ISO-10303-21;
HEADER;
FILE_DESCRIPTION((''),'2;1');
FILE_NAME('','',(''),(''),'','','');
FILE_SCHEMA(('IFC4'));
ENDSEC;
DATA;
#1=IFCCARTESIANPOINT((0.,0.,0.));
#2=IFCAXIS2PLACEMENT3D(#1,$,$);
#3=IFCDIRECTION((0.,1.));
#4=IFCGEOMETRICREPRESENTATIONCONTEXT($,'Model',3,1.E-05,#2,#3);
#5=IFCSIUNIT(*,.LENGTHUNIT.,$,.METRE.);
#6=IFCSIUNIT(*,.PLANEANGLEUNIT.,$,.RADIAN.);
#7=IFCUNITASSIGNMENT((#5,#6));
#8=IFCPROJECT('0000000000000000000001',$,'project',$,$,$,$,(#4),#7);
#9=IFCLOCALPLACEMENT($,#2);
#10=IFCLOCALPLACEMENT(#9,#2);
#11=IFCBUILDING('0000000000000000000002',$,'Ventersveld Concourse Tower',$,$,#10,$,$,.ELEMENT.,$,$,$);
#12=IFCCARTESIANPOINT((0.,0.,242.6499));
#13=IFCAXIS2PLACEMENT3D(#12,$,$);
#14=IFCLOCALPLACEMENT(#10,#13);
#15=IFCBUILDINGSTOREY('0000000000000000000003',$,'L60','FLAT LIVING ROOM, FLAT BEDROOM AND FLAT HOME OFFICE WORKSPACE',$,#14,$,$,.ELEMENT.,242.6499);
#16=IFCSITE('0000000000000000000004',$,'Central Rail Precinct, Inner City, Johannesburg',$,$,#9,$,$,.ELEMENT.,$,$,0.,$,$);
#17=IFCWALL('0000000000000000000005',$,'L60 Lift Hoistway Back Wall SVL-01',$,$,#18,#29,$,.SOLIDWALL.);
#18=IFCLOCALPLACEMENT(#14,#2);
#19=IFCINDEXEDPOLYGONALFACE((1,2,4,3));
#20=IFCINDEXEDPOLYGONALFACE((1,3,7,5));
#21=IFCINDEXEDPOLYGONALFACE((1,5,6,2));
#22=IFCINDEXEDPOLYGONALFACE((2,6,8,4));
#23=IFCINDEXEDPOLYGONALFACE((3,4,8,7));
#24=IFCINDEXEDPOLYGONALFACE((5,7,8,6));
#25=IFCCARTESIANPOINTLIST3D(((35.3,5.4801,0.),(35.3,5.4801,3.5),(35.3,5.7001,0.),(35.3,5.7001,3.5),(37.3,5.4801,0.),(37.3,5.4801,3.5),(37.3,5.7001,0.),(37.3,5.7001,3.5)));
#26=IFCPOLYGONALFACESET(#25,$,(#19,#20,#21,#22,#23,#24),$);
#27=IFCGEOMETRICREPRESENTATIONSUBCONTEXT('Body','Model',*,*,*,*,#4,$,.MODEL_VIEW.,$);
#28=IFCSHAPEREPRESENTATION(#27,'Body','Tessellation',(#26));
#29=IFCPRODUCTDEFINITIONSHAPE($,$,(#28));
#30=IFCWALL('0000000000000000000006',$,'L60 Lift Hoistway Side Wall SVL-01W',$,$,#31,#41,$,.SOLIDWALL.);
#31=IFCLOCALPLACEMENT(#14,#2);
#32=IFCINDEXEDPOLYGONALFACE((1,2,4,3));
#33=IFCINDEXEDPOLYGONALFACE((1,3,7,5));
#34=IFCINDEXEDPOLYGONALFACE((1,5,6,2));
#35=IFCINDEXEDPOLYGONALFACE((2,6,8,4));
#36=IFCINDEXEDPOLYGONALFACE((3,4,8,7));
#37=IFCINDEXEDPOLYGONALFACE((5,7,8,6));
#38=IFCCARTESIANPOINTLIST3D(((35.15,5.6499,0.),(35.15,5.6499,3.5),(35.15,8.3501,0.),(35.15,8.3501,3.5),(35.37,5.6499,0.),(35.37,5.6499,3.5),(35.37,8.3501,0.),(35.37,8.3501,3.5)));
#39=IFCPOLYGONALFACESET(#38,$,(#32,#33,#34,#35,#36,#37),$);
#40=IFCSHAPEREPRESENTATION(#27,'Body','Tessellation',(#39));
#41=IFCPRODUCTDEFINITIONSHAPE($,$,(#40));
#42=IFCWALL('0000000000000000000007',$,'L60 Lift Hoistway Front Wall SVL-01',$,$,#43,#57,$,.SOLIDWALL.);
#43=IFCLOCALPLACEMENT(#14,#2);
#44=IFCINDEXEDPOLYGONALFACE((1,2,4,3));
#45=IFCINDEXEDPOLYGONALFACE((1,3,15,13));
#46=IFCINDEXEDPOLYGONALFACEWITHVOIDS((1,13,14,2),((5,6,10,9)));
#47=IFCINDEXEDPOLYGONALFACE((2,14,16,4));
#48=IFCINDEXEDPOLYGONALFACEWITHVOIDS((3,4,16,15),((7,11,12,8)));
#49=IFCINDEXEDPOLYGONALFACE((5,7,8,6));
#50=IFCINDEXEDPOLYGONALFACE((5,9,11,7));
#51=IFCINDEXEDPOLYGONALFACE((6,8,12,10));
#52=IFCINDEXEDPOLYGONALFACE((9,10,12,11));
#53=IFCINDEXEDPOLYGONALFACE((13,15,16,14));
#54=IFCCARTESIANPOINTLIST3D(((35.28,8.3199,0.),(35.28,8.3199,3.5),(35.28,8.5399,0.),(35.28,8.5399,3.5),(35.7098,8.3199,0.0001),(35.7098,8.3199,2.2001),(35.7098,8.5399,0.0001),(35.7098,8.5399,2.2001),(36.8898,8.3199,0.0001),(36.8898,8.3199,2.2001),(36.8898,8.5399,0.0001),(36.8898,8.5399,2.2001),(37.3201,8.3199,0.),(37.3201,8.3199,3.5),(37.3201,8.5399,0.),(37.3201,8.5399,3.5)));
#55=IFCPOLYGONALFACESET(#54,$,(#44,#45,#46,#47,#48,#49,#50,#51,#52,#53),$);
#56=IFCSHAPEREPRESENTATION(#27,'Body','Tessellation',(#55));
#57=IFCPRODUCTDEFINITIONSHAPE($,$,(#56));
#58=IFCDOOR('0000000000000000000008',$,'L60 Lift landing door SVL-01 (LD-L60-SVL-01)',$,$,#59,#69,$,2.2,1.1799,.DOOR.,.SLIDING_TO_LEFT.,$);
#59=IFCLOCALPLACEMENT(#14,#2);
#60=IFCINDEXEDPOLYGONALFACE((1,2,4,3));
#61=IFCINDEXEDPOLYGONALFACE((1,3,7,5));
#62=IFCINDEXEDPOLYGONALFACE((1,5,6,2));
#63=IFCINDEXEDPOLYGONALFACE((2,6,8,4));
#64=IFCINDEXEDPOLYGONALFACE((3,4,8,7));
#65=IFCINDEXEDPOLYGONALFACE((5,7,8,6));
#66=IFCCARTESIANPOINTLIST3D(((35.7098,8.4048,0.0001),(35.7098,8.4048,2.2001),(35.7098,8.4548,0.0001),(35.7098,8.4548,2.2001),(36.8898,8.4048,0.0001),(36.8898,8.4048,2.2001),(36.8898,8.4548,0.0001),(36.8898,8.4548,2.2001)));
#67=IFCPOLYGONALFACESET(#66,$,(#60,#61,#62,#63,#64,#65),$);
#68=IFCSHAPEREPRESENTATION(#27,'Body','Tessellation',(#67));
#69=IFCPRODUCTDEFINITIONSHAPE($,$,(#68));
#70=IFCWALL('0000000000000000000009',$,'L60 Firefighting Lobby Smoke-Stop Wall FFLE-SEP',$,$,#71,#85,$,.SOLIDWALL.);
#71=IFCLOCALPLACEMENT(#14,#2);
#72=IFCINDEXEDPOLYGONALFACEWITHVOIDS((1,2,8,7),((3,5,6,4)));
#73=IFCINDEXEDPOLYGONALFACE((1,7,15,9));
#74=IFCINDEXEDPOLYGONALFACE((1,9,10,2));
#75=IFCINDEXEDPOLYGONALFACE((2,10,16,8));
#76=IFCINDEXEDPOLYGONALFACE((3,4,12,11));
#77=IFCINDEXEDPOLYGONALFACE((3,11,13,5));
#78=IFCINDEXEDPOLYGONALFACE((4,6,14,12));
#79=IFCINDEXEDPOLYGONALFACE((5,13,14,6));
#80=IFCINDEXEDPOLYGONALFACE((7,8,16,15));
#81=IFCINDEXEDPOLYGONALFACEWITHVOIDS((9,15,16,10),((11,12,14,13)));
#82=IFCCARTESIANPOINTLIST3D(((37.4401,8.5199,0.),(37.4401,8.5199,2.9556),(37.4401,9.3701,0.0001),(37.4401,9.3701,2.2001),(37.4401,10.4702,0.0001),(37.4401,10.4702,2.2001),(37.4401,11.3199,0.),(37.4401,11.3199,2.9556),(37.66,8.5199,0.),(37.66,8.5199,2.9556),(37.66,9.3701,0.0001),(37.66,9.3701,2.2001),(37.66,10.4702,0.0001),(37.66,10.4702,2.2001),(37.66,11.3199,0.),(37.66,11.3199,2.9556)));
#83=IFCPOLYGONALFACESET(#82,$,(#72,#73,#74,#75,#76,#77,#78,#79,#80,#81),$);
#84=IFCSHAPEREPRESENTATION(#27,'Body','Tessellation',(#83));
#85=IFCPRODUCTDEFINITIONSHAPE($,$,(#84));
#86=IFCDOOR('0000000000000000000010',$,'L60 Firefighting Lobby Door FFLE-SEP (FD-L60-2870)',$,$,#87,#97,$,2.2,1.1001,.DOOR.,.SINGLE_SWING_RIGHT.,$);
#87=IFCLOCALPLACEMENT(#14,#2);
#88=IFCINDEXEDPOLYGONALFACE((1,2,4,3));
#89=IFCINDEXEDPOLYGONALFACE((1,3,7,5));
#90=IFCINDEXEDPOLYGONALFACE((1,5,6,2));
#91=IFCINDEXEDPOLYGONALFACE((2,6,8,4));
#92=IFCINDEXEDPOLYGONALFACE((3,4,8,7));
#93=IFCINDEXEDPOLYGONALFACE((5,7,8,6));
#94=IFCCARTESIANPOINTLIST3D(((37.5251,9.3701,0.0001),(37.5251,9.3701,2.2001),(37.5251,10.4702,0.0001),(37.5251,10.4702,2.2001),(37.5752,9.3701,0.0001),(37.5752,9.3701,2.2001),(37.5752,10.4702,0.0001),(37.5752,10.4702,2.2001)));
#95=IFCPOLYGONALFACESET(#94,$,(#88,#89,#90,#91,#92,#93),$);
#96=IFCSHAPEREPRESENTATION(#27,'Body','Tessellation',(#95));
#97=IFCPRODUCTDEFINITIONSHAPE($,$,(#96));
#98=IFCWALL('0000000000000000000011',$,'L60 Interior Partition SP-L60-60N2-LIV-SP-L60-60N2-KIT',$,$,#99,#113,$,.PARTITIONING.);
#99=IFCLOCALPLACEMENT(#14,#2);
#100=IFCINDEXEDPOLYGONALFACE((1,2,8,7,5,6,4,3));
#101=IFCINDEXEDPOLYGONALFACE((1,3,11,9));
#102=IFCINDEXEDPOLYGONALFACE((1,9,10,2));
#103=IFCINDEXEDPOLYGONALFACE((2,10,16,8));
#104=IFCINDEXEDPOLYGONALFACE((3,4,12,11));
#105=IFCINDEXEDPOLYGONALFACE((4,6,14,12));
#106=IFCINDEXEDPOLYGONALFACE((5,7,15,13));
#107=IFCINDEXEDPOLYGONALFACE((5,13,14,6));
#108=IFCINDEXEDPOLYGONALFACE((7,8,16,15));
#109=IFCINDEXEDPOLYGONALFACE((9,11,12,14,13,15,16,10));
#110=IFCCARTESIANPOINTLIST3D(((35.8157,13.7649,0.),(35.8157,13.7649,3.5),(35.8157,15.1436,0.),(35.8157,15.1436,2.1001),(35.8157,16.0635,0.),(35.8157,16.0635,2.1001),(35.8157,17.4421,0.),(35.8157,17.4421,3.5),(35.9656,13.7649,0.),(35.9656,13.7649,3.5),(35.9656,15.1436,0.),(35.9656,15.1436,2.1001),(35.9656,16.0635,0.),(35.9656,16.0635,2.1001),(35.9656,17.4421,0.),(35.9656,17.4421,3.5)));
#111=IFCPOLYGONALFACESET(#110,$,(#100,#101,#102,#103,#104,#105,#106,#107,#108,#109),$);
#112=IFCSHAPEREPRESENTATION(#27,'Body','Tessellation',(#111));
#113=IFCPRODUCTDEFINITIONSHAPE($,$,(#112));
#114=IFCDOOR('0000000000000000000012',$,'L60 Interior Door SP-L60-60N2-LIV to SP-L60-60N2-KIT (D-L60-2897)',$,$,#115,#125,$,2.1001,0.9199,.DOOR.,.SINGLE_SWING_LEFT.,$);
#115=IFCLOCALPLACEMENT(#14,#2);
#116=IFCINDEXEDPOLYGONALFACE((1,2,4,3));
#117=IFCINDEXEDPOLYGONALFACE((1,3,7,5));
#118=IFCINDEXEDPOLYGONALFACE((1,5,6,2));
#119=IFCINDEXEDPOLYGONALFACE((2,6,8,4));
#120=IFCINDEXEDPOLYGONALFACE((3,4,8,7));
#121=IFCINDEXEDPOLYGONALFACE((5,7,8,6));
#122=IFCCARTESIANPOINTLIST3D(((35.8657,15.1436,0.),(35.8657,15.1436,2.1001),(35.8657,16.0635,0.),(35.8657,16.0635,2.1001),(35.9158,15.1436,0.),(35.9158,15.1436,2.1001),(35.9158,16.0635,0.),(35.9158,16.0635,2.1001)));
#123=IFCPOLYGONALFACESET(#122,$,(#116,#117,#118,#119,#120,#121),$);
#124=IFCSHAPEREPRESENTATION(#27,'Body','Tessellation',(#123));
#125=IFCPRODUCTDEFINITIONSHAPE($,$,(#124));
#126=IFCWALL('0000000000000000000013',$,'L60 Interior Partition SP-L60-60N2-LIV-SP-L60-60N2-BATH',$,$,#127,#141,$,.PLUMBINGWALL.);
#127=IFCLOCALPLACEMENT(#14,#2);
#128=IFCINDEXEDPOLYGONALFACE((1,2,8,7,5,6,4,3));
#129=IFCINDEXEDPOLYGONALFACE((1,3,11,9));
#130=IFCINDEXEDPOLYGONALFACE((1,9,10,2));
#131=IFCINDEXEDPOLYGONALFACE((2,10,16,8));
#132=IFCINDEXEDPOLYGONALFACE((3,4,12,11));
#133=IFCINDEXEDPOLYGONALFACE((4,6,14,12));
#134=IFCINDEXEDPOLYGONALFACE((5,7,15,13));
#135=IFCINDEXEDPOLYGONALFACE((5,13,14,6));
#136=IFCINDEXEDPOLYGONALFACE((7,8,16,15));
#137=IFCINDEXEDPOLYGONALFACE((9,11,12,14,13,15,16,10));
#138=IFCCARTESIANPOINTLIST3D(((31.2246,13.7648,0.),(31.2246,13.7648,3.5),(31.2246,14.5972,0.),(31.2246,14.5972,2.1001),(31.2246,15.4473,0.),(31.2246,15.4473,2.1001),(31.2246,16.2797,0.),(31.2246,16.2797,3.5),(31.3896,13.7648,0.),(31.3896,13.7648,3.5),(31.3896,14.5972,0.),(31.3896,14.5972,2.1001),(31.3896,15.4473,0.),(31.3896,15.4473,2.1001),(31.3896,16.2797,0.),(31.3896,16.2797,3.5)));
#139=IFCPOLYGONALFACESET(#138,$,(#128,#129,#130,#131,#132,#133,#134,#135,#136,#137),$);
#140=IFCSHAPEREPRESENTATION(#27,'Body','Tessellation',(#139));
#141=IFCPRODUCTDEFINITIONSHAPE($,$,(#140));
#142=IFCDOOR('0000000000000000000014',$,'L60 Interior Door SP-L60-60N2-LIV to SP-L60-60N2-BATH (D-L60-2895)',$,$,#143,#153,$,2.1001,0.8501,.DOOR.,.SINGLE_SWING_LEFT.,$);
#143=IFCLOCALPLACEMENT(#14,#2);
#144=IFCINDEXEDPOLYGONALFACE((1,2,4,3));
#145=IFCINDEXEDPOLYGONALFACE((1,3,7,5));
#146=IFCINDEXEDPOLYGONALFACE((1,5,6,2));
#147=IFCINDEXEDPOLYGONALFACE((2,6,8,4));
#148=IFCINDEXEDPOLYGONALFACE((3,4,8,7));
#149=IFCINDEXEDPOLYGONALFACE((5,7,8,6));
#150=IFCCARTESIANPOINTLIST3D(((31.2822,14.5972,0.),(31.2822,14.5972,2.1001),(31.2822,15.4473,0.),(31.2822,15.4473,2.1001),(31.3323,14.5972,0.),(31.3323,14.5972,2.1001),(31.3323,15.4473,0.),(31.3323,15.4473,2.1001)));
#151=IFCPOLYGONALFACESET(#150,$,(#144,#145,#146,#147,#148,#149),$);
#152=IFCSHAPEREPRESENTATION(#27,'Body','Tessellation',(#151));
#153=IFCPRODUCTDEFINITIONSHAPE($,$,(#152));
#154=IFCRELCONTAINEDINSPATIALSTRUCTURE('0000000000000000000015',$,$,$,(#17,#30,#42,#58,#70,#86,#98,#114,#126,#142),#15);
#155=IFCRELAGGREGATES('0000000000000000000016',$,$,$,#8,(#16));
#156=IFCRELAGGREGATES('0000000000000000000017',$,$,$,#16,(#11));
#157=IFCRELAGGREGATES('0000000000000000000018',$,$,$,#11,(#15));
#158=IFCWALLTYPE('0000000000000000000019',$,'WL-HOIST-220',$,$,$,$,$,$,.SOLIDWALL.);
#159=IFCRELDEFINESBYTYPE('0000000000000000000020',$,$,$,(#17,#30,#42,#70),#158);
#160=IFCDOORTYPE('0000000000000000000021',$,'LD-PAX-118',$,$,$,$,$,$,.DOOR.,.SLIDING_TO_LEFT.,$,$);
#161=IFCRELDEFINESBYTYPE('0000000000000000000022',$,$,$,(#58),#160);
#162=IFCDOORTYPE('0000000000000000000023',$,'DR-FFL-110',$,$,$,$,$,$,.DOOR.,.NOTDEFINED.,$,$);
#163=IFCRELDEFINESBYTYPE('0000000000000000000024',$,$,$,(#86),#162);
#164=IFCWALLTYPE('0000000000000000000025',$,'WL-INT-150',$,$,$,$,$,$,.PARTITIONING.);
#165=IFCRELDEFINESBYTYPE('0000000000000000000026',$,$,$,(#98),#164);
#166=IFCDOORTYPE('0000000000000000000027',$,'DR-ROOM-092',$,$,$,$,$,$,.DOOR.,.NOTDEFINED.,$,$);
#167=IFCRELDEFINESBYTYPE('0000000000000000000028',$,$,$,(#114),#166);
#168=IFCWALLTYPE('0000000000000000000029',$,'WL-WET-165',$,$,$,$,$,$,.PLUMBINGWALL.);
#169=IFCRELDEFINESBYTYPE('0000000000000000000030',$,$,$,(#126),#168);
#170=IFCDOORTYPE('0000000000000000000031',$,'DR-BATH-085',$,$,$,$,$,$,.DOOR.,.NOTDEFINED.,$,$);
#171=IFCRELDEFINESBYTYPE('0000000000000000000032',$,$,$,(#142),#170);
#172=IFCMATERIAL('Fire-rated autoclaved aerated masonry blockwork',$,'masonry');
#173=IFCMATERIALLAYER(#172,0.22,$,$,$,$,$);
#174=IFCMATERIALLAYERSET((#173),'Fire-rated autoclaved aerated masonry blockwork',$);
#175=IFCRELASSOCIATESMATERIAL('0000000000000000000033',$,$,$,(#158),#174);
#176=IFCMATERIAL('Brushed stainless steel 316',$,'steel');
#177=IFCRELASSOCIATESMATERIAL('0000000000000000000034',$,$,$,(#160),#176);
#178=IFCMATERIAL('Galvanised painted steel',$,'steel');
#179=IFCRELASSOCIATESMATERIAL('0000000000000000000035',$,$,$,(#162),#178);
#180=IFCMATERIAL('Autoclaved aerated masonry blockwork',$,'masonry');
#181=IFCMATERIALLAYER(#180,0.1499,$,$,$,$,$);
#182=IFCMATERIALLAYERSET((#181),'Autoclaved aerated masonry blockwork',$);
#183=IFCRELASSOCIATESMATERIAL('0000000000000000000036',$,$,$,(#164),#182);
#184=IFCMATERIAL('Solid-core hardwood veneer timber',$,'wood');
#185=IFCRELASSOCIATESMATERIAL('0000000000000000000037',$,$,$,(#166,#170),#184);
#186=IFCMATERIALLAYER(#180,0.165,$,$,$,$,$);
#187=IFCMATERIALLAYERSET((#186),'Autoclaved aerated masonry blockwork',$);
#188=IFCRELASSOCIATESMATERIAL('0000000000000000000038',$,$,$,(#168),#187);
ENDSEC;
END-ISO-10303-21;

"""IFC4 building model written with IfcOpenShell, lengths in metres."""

from ifc_helpers import new_model, si_unit, direction, frame, frame_2d, origin, place, context, subcontext, project, spatial, rectangle, extrude, material, layer, layer_set, type_object, element, fill, save


model = new_model("IFC4")

# Units and contexts
model_context = context("Model", 3, precision=1e-05, world=origin(), true_north=direction((0.0, 1.0)))
body_context = subcontext(model_context, "Body", "Model", "MODEL_VIEW")
ifc_project = project(units=[si_unit("LENGTHUNIT", "METRE"), si_unit("PLANEANGLEUNIT", "RADIAN")], contexts=[model_context])

# Site, building, storey
site_placement = place(None, origin())
site = spatial("IfcSite", under=ifc_project, at=site_placement, Name="Central Rail Precinct, Inner City, Johannesburg", CompositionType="ELEMENT", RefElevation=0.0)
building_placement = place(site_placement, origin())
building = spatial("IfcBuilding", under=site, at=building_placement, Name="Ventersveld Concourse Tower", CompositionType="ELEMENT")
storey_placement = place(building_placement, frame((0.0, 0.0, 242.6499)))
storey = spatial("IfcBuildingStorey", under=building, at=storey_placement, Name="L60", Description="FLAT LIVING ROOM, FLAT BEDROOM AND FLAT HOME OFFICE WORKSPACE", CompositionType="ELEMENT", Elevation=242.6499)

# Shared definitions
ifc_material_1 = material(Name="Fire-rated autoclaved aerated masonry blockwork", Category="masonry")
ifc_layer_1 = layer(ifc_material_1, 0.22)
ifc_layer_set_1 = layer_set([ifc_layer_1], Name="Fire-rated autoclaved aerated masonry blockwork")
wall_type_1 = type_object("IfcWallType", Name="WL-HOIST-220", PredefinedType="SOLIDWALL", material=ifc_layer_set_1)

# Shared definitions
ifc_material_2 = material(Name="Brushed stainless steel 316", Category="steel")

# Walls
wall_1_placement = place(storey_placement, frame((35.3, 5.5901, 0.0), z_axis=(0.0, 0.0, 1.0), x_axis=(1.0, 0.0, 0.0)))
element("IfcWall", 1, at=wall_1_placement, inside=storey, type_object=wall_type_1, Name="L60 Lift Hoistway Back Wall SVL-01", PredefinedType="SOLIDWALL", context=body_context, shape_type="SweptSolid", body=[
    extrude(rectangle(XDim=2.0, YDim=0.22, at=frame_2d((1.0, 0.0))), origin(), (0.0, 0.0, 1.0), 3.5),
])
wall_2_placement = place(storey_placement, frame((35.26, 5.6499, 0.0), z_axis=(0.0, 0.0, 1.0), x_axis=(0.0, 1.0, 0.0)))
element("IfcWall", 2, at=wall_2_placement, inside=storey, type_object=wall_type_1, Name="L60 Lift Hoistway Side Wall SVL-01W", PredefinedType="SOLIDWALL", context=body_context, shape_type="SweptSolid", body=[
    extrude(rectangle(XDim=2.7002, YDim=0.22, at=frame_2d((1.3501, 0.0))), origin(), (0.0, 0.0, 1.0), 3.5),
])

# Walls, openings, doors
wall_3_placement = place(storey_placement, frame((35.28, 8.4299, 0.0), z_axis=(0.0, 0.0, 1.0), x_axis=(1.0, 0.0, 0.0)))
wall_3 = element("IfcWall", 3, at=wall_3_placement, inside=storey, type_object=wall_type_1, Name="L60 Lift Hoistway Front Wall SVL-01", PredefinedType="SOLIDWALL", context=body_context, shape_type="SweptSolid", body=[
    extrude(rectangle(XDim=2.04, YDim=0.22, at=frame_2d((1.02, 0.0))), origin(), (0.0, 0.0, 1.0), 3.5),
])
opening_1_placement = place(wall_3_placement, frame((0.4299, 0.0, 0.0)))
opening_1 = element("IfcOpeningElement", 4, at=opening_1_placement, cuts=wall_3, PredefinedType="OPENING", context=body_context, shape_type="SweptSolid", body=[
    extrude(rectangle(XDim=1.1799, YDim=2.2, at=frame_2d((0.5898, 1.1001))), frame((0.0, 0.1201, 0.0), z_axis=(0.0, -1.0, 0.0), x_axis=(1.0, 0.0, 0.0)), (0.0, 0.0, 1.0), 0.24),
])
door_type_1 = type_object("IfcDoorType", Name="LD-PAX-118", OperationType="SLIDING_TO_LEFT", PredefinedType="DOOR", material=ifc_material_2)
door_1_placement = place(opening_1_placement, origin())
door_1 = element("IfcDoor", 5, at=door_1_placement, inside=storey, type_object=door_type_1, Name="L60 Lift landing door SVL-01 (LD-L60-SVL-01)", OperationType="SLIDING_TO_LEFT", OverallHeight=2.2, OverallWidth=1.1799, PredefinedType="DOOR", context=body_context, shape_type="SweptSolid", body=[
    extrude(rectangle(XDim=1.1799, YDim=2.2, at=frame_2d((0.5898, 1.1001))), frame((0.0, 0.0249, 0.0), z_axis=(0.0, -1.0, 0.0), x_axis=(1.0, 0.0, 0.0)), (0.0, 0.0, 1.0), 0.05),
])
fill(opening_1, door_1)
wall_4_placement = place(storey_placement, frame((37.55, 8.52, 0.0), z_axis=(0.0, 0.0, 1.0), x_axis=(0.0, 1.0, 0.0)))
wall_4 = element("IfcWall", 6, at=wall_4_placement, inside=storey, type_object=wall_type_1, Name="L60 Firefighting Lobby Smoke-Stop Wall FFLE-SEP", PredefinedType="SOLIDWALL", context=body_context, shape_type="SweptSolid", body=[
    extrude(rectangle(XDim=2.8, YDim=0.22, at=frame_2d((1.3999, 0.0))), origin(), (0.0, 0.0, 1.0), 2.9556),
])
opening_2_placement = place(wall_4_placement, frame((0.8501, 0.0, 0.0)))
opening_2 = element("IfcOpeningElement", 7, at=opening_2_placement, cuts=wall_4, PredefinedType="OPENING", context=body_context, shape_type="SweptSolid", body=[
    extrude(rectangle(XDim=1.1001, YDim=2.2, at=frame_2d((0.55, 1.1001))), frame((0.0, 0.1201, 0.0), z_axis=(0.0, -1.0, 0.0), x_axis=(1.0, 0.0, 0.0)), (0.0, 0.0, 1.0), 0.24),
])
ifc_material_3 = material(Name="Galvanised painted steel", Category="steel")
door_type_2 = type_object("IfcDoorType", Name="DR-FFL-110", OperationType="NOTDEFINED", PredefinedType="DOOR", material=ifc_material_3)
door_2_placement = place(opening_2_placement, origin())
door_2 = element("IfcDoor", 8, at=door_2_placement, inside=storey, type_object=door_type_2, Name="L60 Firefighting Lobby Door FFLE-SEP (FD-L60-2870)", OperationType="SINGLE_SWING_RIGHT", OverallHeight=2.2, OverallWidth=1.1001, PredefinedType="DOOR", context=body_context, shape_type="SweptSolid", body=[
    extrude(rectangle(XDim=1.1001, YDim=2.2, at=frame_2d((0.55, 1.1001))), frame((0.0, 0.0249, 0.0), z_axis=(0.0, -1.0, 0.0), x_axis=(1.0, 0.0, 0.0)), (0.0, 0.0, 1.0), 0.05),
])
fill(opening_2, door_2)
ifc_material_4 = material(Name="Autoclaved aerated masonry blockwork", Category="masonry")
ifc_layer_2 = layer(ifc_material_4, 0.1499)
ifc_layer_set_2 = layer_set([ifc_layer_2], Name="Autoclaved aerated masonry blockwork")
wall_type_2 = type_object("IfcWallType", Name="WL-INT-150", PredefinedType="PARTITIONING", material=ifc_layer_set_2)
wall_5_placement = place(storey_placement, frame((35.8906, 13.7649, 0.0), z_axis=(0.0, 0.0, 1.0), x_axis=(0.0, 1.0, 0.0)))
wall_5 = element("IfcWall", 9, at=wall_5_placement, inside=storey, type_object=wall_type_2, Name="L60 Interior Partition SP-L60-60N2-LIV-SP-L60-60N2-KIT", PredefinedType="PARTITIONING", context=body_context, shape_type="SweptSolid", body=[
    extrude(rectangle(XDim=3.6772, YDim=0.1499, at=frame_2d((1.8386, 0.0))), origin(), (0.0, 0.0, 1.0), 3.5),
])
opening_3_placement = place(wall_5_placement, frame((1.3787, 0.0, 0.0)))
opening_3 = element("IfcOpeningElement", 10, at=opening_3_placement, cuts=wall_5, PredefinedType="OPENING", context=body_context, shape_type="SweptSolid", body=[
    extrude(rectangle(XDim=0.9199, YDim=2.1001, at=frame_2d((0.46, 1.05))), frame((0.0, 0.085, 0.0), z_axis=(0.0, -1.0, 0.0), x_axis=(1.0, 0.0, 0.0)), (0.0, 0.0, 1.0), 0.1699),
])
ifc_material_5 = material(Name="Solid-core hardwood veneer timber", Category="wood")
door_type_3 = type_object("IfcDoorType", Name="DR-ROOM-092", OperationType="NOTDEFINED", PredefinedType="DOOR", material=ifc_material_5)
door_3_placement = place(opening_3_placement, origin())
door_3 = element("IfcDoor", 11, at=door_3_placement, inside=storey, type_object=door_type_3, Name="L60 Interior Door SP-L60-60N2-LIV to SP-L60-60N2-KIT (D-L60-2897)", OperationType="SINGLE_SWING_LEFT", OverallHeight=2.1001, OverallWidth=0.9199, PredefinedType="DOOR", context=body_context, shape_type="SweptSolid", body=[
    extrude(rectangle(XDim=0.9199, YDim=2.1001, at=frame_2d((0.46, 1.05))), frame((0.0, 0.0249, 0.0), z_axis=(0.0, -1.0, 0.0), x_axis=(1.0, 0.0, 0.0)), (0.0, 0.0, 1.0), 0.05),
])
fill(opening_3, door_3)
ifc_layer_3 = layer(ifc_material_4, 0.165)
ifc_layer_set_3 = layer_set([ifc_layer_3], Name="Autoclaved aerated masonry blockwork")
wall_type_3 = type_object("IfcWallType", Name="WL-WET-165", PredefinedType="PLUMBINGWALL", material=ifc_layer_set_3)
wall_6_placement = place(storey_placement, frame((31.3071, 13.7649, 0.0), z_axis=(0.0, 0.0, 1.0), x_axis=(0.0, 1.0, 0.0)))
wall_6 = element("IfcWall", 12, at=wall_6_placement, inside=storey, type_object=wall_type_3, Name="L60 Interior Partition SP-L60-60N2-LIV-SP-L60-60N2-BATH", PredefinedType="PLUMBINGWALL", context=body_context, shape_type="SweptSolid", body=[
    extrude(rectangle(XDim=2.5149, YDim=0.165, at=frame_2d((1.2573, 0.0))), origin(), (0.0, 0.0, 1.0), 3.5),
])
opening_4_placement = place(wall_6_placement, frame((0.8323, 0.0, 0.0)))
opening_4 = element("IfcOpeningElement", 13, at=opening_4_placement, cuts=wall_6, PredefinedType="OPENING", context=body_context, shape_type="SweptSolid", body=[
    extrude(rectangle(XDim=0.8501, YDim=2.1001, at=frame_2d((0.425, 1.05))), frame((0.0, 0.0925, 0.0), z_axis=(0.0, -1.0, 0.0), x_axis=(1.0, 0.0, 0.0)), (0.0, 0.0, 1.0), 0.1851),
])
door_type_4 = type_object("IfcDoorType", Name="DR-BATH-085", OperationType="NOTDEFINED", PredefinedType="DOOR", material=ifc_material_5)
door_4_placement = place(opening_4_placement, origin())
door_4 = element("IfcDoor", 14, at=door_4_placement, inside=storey, type_object=door_type_4, Name="L60 Interior Door SP-L60-60N2-LIV to SP-L60-60N2-BATH (D-L60-2895)", OperationType="SINGLE_SWING_LEFT", OverallHeight=2.1001, OverallWidth=0.8501, PredefinedType="DOOR", context=body_context, shape_type="SweptSolid", body=[
    extrude(rectangle(XDim=0.8501, YDim=2.1001, at=frame_2d((0.425, 1.05))), frame((0.0, 0.0249, 0.0), z_axis=(0.0, -1.0, 0.0), x_axis=(1.0, 0.0, 0.0)), (0.0, 0.0, 1.0), 0.05),
])
fill(opening_4, door_4)

save(model, "model.ifc")
